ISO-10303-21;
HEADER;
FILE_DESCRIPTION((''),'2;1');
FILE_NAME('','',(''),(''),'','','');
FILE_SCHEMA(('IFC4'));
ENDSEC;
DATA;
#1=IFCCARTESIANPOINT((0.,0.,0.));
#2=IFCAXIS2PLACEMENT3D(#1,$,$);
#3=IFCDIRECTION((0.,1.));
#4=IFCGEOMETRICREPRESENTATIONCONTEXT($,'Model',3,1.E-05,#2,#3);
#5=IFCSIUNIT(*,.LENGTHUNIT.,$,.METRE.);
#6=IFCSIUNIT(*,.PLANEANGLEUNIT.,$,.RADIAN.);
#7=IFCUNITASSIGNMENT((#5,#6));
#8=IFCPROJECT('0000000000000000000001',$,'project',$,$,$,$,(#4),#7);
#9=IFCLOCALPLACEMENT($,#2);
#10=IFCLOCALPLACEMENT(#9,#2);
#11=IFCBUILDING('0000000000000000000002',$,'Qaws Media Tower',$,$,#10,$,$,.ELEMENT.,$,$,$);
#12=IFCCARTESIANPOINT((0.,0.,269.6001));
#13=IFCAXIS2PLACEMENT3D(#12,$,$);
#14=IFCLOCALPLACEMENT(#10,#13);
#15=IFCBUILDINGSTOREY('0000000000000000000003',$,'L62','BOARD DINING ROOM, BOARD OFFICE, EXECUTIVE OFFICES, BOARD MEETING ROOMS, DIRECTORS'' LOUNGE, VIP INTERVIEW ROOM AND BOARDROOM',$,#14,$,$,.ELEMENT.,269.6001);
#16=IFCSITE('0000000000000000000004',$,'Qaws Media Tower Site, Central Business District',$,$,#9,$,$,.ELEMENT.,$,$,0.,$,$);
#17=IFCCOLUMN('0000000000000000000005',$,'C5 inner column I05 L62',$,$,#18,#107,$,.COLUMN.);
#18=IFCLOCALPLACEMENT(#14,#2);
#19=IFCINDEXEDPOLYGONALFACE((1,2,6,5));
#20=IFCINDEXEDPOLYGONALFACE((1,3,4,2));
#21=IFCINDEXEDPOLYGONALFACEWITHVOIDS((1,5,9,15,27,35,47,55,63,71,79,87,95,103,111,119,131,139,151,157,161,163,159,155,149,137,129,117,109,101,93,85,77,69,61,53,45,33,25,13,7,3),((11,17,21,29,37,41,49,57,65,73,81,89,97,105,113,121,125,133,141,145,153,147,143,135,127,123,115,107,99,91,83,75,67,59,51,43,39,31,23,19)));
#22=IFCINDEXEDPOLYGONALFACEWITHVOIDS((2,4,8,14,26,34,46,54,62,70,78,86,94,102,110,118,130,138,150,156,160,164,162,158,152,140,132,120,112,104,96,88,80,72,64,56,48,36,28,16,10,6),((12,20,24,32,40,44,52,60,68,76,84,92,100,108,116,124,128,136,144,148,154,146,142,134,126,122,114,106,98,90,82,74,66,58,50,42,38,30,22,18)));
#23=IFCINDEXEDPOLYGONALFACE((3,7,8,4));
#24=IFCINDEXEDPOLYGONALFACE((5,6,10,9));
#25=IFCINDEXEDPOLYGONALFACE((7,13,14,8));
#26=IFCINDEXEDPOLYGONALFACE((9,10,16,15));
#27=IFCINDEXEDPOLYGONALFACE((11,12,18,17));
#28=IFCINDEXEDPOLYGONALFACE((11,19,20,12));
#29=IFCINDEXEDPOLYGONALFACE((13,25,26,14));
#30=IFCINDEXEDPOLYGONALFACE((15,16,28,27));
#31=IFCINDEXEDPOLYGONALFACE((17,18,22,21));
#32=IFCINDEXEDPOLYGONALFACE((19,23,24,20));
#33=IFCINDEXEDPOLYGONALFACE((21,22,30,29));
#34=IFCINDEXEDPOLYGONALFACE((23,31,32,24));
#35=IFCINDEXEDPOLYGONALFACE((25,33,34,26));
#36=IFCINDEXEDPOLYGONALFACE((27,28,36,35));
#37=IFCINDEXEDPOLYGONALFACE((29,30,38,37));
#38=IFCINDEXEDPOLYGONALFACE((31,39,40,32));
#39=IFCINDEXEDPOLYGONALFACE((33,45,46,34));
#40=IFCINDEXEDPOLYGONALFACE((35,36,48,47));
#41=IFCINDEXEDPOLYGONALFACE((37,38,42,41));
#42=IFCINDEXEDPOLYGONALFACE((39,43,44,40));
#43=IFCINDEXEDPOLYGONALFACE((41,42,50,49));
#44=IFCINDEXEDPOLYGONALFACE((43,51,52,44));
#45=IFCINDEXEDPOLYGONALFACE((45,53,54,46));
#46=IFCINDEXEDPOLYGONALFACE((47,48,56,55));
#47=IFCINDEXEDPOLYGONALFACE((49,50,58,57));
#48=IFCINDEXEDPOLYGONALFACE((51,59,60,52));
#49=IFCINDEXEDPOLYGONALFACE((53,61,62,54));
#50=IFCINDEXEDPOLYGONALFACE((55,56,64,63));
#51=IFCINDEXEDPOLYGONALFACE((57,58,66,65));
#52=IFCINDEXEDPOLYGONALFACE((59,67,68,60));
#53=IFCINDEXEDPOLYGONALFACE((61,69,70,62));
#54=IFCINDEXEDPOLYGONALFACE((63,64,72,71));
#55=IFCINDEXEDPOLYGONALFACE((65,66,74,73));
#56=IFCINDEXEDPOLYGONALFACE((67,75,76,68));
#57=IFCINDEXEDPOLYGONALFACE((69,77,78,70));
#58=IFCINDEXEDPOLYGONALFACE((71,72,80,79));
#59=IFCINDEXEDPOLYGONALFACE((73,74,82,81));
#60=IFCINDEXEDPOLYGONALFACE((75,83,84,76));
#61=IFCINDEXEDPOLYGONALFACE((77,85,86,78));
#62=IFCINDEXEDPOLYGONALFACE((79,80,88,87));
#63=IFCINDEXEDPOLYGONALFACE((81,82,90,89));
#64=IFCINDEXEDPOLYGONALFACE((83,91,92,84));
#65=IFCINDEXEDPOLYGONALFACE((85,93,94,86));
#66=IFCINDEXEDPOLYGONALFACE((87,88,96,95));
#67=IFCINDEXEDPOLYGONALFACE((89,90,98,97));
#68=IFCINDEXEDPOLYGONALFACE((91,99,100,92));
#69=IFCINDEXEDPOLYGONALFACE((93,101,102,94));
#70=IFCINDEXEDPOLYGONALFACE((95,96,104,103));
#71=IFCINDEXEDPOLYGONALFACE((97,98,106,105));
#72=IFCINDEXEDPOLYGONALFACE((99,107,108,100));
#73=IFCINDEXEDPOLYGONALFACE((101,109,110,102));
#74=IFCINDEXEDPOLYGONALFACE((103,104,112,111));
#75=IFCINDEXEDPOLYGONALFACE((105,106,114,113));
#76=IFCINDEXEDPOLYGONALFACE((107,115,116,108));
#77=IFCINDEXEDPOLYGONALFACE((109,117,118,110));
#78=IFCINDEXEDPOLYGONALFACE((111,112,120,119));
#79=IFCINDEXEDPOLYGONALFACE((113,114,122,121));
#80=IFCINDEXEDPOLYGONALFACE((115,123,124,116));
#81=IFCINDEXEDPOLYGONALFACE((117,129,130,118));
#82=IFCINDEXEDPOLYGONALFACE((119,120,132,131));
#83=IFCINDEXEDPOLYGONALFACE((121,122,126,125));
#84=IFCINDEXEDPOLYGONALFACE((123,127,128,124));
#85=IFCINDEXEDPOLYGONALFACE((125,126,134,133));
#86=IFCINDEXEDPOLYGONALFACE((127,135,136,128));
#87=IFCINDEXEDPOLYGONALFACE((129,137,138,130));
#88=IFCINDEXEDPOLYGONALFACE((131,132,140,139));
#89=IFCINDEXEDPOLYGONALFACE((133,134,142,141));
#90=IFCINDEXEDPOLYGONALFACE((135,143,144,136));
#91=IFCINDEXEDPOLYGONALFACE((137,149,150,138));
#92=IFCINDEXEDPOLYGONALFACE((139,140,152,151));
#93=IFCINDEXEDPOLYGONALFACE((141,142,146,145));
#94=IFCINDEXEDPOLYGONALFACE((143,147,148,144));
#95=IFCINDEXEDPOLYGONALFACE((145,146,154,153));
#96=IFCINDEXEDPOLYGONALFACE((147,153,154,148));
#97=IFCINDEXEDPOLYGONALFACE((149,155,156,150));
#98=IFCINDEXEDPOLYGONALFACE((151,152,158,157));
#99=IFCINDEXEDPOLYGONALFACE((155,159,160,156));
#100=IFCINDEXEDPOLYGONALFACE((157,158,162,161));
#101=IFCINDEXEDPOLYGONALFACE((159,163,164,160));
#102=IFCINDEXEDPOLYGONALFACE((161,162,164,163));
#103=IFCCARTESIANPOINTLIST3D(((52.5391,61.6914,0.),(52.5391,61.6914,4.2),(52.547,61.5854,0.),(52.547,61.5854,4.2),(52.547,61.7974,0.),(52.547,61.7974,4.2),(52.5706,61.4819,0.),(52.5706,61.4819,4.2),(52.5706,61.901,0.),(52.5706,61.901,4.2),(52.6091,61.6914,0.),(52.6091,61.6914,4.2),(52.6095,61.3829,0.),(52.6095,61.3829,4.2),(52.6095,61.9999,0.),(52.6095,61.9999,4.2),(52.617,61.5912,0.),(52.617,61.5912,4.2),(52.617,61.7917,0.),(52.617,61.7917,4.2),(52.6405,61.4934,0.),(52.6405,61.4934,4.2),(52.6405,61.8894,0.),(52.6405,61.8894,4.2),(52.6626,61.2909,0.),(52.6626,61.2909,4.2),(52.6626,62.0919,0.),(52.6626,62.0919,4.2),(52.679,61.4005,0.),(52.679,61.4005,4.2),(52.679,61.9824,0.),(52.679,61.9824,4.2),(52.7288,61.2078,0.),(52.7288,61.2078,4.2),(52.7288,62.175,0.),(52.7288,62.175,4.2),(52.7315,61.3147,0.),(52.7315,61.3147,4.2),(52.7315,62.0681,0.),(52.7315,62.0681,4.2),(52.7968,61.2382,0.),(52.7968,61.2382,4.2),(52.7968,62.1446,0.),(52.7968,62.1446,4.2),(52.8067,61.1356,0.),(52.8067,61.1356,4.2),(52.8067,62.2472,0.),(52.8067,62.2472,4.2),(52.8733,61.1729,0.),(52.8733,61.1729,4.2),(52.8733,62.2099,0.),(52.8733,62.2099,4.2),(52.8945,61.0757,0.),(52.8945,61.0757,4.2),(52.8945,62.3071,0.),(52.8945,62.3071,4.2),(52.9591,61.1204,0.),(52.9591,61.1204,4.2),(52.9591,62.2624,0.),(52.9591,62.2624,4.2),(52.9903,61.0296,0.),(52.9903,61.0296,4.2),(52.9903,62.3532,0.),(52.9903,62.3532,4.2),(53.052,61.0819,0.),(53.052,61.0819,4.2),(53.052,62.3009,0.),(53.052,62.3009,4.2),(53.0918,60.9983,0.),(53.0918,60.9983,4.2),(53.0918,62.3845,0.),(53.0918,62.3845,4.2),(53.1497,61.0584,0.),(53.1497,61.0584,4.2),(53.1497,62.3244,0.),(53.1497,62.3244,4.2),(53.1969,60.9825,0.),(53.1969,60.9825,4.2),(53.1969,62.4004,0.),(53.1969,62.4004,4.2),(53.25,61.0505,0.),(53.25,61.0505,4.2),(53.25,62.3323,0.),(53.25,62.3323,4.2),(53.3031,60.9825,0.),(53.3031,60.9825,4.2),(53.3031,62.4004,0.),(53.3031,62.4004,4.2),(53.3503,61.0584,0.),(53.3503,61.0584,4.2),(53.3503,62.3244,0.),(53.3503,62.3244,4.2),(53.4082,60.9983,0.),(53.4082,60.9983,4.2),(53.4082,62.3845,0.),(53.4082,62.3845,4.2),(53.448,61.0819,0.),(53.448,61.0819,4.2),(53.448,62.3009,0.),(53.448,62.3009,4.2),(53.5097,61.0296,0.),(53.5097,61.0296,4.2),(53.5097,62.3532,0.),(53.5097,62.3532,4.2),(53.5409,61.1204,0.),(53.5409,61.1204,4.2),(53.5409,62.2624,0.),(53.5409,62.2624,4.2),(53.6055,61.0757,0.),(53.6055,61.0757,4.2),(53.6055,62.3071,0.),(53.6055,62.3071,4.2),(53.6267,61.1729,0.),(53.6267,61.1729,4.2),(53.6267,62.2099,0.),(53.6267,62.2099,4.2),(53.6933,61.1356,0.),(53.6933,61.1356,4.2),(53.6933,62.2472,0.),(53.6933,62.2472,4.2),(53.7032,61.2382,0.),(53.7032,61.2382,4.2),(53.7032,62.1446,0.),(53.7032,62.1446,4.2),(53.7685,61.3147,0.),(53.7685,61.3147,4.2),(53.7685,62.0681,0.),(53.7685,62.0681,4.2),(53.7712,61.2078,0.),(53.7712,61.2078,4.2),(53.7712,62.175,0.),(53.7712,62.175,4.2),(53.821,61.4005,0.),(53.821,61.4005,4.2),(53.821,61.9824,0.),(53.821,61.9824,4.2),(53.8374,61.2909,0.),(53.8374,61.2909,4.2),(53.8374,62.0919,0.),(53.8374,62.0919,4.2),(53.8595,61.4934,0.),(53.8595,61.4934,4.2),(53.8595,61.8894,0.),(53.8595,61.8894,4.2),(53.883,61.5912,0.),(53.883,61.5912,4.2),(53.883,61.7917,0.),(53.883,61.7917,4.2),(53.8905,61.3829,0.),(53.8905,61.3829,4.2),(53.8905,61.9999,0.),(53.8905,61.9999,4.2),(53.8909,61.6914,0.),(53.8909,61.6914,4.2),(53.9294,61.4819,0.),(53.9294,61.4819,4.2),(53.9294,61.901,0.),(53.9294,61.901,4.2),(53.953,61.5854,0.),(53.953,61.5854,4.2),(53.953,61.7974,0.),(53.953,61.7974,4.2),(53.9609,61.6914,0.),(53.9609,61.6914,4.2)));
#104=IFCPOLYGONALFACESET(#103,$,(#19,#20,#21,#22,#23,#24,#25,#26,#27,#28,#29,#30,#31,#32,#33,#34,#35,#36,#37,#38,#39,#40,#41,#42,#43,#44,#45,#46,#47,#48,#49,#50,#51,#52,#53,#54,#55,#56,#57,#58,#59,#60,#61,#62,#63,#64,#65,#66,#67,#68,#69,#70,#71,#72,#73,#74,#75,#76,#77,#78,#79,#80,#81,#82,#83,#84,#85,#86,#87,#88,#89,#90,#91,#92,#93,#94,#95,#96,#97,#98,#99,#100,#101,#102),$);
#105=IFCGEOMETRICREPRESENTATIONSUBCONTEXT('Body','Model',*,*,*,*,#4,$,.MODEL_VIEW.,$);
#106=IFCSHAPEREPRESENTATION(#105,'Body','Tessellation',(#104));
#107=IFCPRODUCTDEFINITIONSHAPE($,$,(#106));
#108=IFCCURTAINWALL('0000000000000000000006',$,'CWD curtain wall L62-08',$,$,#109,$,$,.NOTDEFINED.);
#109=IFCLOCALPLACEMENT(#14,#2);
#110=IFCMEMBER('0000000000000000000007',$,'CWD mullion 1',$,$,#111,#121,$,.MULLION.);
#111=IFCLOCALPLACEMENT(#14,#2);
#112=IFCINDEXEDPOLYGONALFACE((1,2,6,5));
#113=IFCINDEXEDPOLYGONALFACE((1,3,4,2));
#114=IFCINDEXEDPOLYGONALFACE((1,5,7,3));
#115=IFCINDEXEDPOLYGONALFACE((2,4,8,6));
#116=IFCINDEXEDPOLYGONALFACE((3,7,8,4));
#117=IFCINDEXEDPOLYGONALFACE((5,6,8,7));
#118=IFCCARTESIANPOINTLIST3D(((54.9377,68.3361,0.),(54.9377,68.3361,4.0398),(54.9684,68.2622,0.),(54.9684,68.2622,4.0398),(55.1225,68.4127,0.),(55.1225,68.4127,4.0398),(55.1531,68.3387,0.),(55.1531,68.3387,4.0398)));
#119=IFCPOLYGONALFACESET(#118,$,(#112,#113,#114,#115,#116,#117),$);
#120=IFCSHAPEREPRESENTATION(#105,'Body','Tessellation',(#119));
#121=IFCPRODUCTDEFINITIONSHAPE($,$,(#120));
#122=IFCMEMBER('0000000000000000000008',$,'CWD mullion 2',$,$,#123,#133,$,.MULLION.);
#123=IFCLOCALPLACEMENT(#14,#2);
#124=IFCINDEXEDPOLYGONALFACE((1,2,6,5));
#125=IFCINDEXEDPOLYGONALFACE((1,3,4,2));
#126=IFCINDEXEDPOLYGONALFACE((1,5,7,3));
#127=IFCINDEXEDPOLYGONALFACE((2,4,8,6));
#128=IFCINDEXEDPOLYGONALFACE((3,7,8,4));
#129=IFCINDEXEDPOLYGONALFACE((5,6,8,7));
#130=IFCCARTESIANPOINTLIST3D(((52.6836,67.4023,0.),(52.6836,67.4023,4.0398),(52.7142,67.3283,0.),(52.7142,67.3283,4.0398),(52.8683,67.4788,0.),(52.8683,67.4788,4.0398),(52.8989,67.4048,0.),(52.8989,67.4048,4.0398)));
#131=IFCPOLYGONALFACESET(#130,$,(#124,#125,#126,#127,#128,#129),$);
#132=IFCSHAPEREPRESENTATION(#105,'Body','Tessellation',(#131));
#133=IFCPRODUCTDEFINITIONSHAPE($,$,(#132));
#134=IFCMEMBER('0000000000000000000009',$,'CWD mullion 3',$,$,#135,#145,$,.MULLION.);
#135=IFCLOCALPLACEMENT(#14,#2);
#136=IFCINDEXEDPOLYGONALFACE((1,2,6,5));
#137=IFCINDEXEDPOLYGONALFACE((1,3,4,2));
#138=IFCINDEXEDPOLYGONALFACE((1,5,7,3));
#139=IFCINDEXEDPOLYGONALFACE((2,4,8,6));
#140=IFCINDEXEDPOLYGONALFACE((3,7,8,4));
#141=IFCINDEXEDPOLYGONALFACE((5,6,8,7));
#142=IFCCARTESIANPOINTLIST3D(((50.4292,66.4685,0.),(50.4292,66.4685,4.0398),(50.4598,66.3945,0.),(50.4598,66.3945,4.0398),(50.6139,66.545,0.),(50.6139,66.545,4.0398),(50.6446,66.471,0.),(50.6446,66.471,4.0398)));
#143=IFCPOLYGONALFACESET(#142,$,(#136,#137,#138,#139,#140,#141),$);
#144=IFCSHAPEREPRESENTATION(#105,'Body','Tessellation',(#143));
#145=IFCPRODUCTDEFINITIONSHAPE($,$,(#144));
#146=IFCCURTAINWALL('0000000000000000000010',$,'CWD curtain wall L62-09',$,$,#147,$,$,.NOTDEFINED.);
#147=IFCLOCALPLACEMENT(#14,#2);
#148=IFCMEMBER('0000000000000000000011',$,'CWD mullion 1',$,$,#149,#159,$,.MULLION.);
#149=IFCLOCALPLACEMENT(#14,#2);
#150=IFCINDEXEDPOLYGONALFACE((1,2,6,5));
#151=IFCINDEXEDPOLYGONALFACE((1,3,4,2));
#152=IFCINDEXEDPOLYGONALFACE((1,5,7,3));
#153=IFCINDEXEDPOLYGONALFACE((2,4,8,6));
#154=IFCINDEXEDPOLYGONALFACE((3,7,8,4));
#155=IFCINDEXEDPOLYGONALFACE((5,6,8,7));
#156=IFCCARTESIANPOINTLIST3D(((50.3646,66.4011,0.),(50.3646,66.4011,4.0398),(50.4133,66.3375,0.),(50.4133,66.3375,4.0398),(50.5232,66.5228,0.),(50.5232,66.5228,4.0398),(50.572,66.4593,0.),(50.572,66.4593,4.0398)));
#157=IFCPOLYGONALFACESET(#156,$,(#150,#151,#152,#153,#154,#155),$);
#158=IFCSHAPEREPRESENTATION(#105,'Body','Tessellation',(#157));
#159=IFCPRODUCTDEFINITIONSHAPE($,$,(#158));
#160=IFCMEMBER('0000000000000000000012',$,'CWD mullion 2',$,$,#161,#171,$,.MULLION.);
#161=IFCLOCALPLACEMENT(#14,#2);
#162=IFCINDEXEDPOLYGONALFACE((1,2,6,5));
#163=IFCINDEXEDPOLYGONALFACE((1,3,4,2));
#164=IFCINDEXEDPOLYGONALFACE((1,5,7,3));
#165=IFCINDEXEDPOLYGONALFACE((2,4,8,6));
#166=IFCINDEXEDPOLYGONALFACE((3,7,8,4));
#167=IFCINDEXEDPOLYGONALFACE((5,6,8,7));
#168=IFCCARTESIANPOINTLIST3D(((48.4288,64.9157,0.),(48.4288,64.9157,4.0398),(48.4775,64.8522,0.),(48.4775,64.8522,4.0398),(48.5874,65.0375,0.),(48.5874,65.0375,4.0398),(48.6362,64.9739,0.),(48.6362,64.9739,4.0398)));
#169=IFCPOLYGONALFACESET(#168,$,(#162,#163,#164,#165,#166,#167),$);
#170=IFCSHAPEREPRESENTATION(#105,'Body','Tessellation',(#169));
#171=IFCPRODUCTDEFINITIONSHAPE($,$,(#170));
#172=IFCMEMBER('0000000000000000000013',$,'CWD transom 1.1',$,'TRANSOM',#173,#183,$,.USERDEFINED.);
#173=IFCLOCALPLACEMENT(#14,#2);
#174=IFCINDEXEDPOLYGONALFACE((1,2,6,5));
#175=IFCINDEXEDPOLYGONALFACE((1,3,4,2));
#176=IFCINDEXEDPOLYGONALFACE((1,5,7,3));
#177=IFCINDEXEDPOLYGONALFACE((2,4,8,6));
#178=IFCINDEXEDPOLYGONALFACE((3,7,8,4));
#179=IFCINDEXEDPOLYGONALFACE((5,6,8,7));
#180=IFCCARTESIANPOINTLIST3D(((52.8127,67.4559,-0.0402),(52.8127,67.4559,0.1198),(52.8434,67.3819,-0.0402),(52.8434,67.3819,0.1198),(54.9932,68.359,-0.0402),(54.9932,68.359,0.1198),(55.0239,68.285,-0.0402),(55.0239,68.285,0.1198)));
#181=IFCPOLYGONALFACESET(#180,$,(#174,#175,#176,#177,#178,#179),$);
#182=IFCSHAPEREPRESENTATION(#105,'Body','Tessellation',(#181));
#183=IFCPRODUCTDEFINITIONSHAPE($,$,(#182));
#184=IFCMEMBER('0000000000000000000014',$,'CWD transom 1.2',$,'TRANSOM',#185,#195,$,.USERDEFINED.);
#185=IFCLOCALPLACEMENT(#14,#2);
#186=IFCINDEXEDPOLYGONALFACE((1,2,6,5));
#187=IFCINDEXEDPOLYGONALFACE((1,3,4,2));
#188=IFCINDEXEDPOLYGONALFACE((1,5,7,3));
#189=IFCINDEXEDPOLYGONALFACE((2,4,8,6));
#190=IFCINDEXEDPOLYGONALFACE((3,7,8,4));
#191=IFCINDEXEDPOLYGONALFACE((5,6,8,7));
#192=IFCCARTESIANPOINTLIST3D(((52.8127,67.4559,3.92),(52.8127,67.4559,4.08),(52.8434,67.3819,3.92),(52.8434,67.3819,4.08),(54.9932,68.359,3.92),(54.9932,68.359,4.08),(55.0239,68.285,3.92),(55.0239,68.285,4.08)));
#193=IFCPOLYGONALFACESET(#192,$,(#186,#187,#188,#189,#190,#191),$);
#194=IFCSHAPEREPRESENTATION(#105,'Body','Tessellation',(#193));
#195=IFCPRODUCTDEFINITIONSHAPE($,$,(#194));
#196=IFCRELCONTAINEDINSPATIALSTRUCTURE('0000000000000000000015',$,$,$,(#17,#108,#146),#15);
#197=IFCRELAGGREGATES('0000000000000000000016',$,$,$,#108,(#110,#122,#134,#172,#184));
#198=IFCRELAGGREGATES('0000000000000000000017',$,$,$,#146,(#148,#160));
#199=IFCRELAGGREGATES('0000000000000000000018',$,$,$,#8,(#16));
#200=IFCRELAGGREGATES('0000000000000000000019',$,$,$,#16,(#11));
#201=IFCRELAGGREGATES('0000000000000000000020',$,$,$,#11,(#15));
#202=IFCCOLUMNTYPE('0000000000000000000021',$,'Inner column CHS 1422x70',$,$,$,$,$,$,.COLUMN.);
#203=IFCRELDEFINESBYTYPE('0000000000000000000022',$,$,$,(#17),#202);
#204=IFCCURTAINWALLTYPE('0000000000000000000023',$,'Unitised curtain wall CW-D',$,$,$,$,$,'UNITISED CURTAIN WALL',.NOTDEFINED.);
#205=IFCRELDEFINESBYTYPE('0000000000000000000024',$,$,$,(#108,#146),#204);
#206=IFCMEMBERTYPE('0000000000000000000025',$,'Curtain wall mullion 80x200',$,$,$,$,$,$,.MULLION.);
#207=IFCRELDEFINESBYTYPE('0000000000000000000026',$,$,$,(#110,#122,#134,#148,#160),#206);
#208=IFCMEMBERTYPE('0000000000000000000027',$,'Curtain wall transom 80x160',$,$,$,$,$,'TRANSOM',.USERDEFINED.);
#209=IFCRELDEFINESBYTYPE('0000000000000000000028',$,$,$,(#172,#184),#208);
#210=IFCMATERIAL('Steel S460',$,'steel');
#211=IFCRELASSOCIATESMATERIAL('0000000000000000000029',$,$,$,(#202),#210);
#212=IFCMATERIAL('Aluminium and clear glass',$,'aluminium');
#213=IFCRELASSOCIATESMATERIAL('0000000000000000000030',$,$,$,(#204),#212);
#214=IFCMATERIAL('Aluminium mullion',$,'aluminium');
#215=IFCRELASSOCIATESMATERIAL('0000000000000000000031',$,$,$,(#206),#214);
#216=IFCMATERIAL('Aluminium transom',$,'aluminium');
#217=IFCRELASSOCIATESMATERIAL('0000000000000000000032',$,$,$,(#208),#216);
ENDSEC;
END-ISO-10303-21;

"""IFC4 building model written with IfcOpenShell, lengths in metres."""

from ifc_helpers import new_model, si_unit, direction, frame, origin, origin_2d, place, context, subcontext, project, spatial, rectangle, hollow_circle, extrude, material, material_profile, profile_set, type_object, element, aggregate, save


model = new_model("IFC4")

# Units and contexts
model_context = context("Model", 3, precision=1e-05, world=origin(), true_north=direction((0.0, 1.0)))
body_context = subcontext(model_context, "Body", "Model", "MODEL_VIEW")
ifc_project = project(units=[si_unit("LENGTHUNIT", "METRE"), si_unit("PLANEANGLEUNIT", "RADIAN")], contexts=[model_context])

# Site, building, storey
site_placement = place(None, origin())
site = spatial("IfcSite", under=ifc_project, at=site_placement, Name="Qaws Media Tower Site, Central Business District", CompositionType="ELEMENT", RefElevation=0.0)
building_placement = place(site_placement, origin())
building = spatial("IfcBuilding", under=site, at=building_placement, Name="Qaws Media Tower", CompositionType="ELEMENT")
storey_placement = place(building_placement, frame((0.0, 0.0, 269.6001)))
storey = spatial("IfcBuildingStorey", under=building, at=storey_placement, Name="L62", Description="BOARD DINING ROOM, BOARD OFFICE, EXECUTIVE OFFICES, BOARD MEETING ROOMS, DIRECTORS' LOUNGE, VIP INTERVIEW ROOM AND BOARDROOM", CompositionType="ELEMENT", Elevation=269.6001)

# Column
ifc_material_1 = material(Name="Steel S460", Category="steel")
ifc_material_profile_1 = material_profile(ifc_material_1, hollow_circle(Radius=0.7109, WallThickness=0.0701, at=origin_2d()), Name="CHS 1422x70")
ifc_profile_set_1 = profile_set([ifc_material_profile_1], Name="Steel S460")
column_type = type_object("IfcColumnType", Name="Inner column CHS 1422x70", PredefinedType="COLUMN", material=ifc_profile_set_1)
column_placement = place(storey_placement, frame((53.25, 61.6914, 0.0), z_axis=(0.0, 0.0, 1.0), x_axis=(1.0, 0.0, 0.0)))
element("IfcColumn", 1, at=column_placement, inside=storey, type_object=column_type, Name="C5 inner column I05 L62", PredefinedType="COLUMN", context=body_context, shape_type="SweptSolid", body=[
    extrude(hollow_circle(Radius=0.7109, WallThickness=0.0701, at=origin_2d()), origin(), (0.0, 0.0, 1.0), 4.2),
])

# Curtain walls, members
ifc_material_2 = material(Name="Aluminium and clear glass", Category="aluminium")
curtain_wall_type = type_object("IfcCurtainWallType", Name="Unitised curtain wall CW-D", ElementType="UNITISED CURTAIN WALL", PredefinedType="NOTDEFINED", material=ifc_material_2)
curtain_wall_1_placement = place(storey_placement, origin())
curtain_wall_1 = element("IfcCurtainWall", 2, at=curtain_wall_1_placement, inside=storey, type_object=curtain_wall_type, Name="CWD curtain wall L62-08", PredefinedType="NOTDEFINED")
ifc_material_3 = material(Name="Aluminium mullion", Category="aluminium")
ifc_material_profile_2 = material_profile(ifc_material_3, rectangle(XDim=0.0801, YDim=0.2, at=origin_2d()), Name="80x200")
ifc_profile_set_2 = profile_set([ifc_material_profile_2], Name="Aluminium mullion")
member_type_1 = type_object("IfcMemberType", Name="Curtain wall mullion 80x200", PredefinedType="MULLION", material=ifc_profile_set_2)
member_1_placement = place(storey_placement, frame((55.0454, 68.3374, 0.0), z_axis=(0.0, 0.0, 1.0), x_axis=(0.382683, -0.92388, 0.0)))
member_1 = element("IfcMember", 3, at=member_1_placement, type_object=member_type_1, Name="CWD mullion 1", PredefinedType="MULLION", context=body_context, shape_type="SweptSolid", body=[
    extrude(rectangle(XDim=0.0801, YDim=0.2, at=origin_2d()), origin(), (0.0, 0.0, 1.0), 4.0398),
])
member_2_placement = place(storey_placement, frame((52.7913, 67.4036, 0.0), z_axis=(0.0, 0.0, 1.0), x_axis=(0.382683, -0.92388, 0.0)))
member_2 = element("IfcMember", 4, at=member_2_placement, type_object=member_type_1, Name="CWD mullion 2", PredefinedType="MULLION", context=body_context, shape_type="SweptSolid", body=[
    extrude(rectangle(XDim=0.0801, YDim=0.2, at=origin_2d()), origin(), (0.0, 0.0, 1.0), 4.0398),
])
member_3_placement = place(storey_placement, frame((50.5369, 66.4697, 0.0), z_axis=(0.0, 0.0, 1.0), x_axis=(0.382683, -0.92388, 0.0)))
member_3 = element("IfcMember", 5, at=member_3_placement, type_object=member_type_1, Name="CWD mullion 3", PredefinedType="MULLION", context=body_context, shape_type="SweptSolid", body=[
    extrude(rectangle(XDim=0.0801, YDim=0.2, at=origin_2d()), origin(), (0.0, 0.0, 1.0), 4.0398),
])
curtain_wall_2_placement = place(storey_placement, origin())
curtain_wall_2 = element("IfcCurtainWall", 6, at=curtain_wall_2_placement, inside=storey, type_object=curtain_wall_type, Name="CWD curtain wall L62-09", PredefinedType="NOTDEFINED")
member_4_placement = place(storey_placement, frame((50.4683, 66.4302, 0.0), z_axis=(0.0, 0.0, 1.0), x_axis=(0.608761, -0.793353, 0.0)))
member_4 = element("IfcMember", 7, at=member_4_placement, type_object=member_type_1, Name="CWD mullion 1", PredefinedType="MULLION", context=body_context, shape_type="SweptSolid", body=[
    extrude(rectangle(XDim=0.0801, YDim=0.2, at=origin_2d()), origin(), (0.0, 0.0, 1.0), 4.0398),
])
member_5_placement = place(storey_placement, frame((48.5325, 64.9448, 0.0), z_axis=(0.0, 0.0, 1.0), x_axis=(0.608761, -0.793353, 0.0)))
member_5 = element("IfcMember", 8, at=member_5_placement, type_object=member_type_1, Name="CWD mullion 2", PredefinedType="MULLION", context=body_context, shape_type="SweptSolid", body=[
    extrude(rectangle(XDim=0.0801, YDim=0.2, at=origin_2d()), origin(), (0.0, 0.0, 1.0), 4.0398),
])

# Members
ifc_material_4 = material(Name="Aluminium transom", Category="aluminium")
ifc_material_profile_3 = material_profile(ifc_material_4, rectangle(XDim=0.0801, YDim=0.1599, at=origin_2d()), Name="80x160")
ifc_profile_set_3 = profile_set([ifc_material_profile_3], Name="Aluminium transom")
member_type_2 = type_object("IfcMemberType", Name="Curtain wall transom 80x160", ElementType="TRANSOM", PredefinedType="USERDEFINED", material=ifc_profile_set_3)
member_6_placement = place(storey_placement, frame((55.0085, 68.322, 0.0398), z_axis=(-0.923892, -0.382653, 0.0), x_axis=(0.382653, -0.923892, 0.0)))
member_6 = element("IfcMember", 9, at=member_6_placement, type_object=member_type_2, Name="CWD transom 1.1", ObjectType="TRANSOM", PredefinedType="USERDEFINED", context=body_context, shape_type="SweptSolid", body=[
    extrude(rectangle(XDim=0.0801, YDim=0.1599, at=origin_2d()), origin(), (0.0, 0.0, 1.0), 2.3601),
])
member_7_placement = place(storey_placement, frame((55.0085, 68.322, 4.0), z_axis=(-0.923892, -0.382653, 0.0), x_axis=(0.382653, -0.923892, 0.0)))
member_7 = element("IfcMember", 10, at=member_7_placement, type_object=member_type_2, Name="CWD transom 1.2", ObjectType="TRANSOM", PredefinedType="USERDEFINED", context=body_context, shape_type="SweptSolid", body=[
    extrude(rectangle(XDim=0.0801, YDim=0.1599, at=origin_2d()), origin(), (0.0, 0.0, 1.0), 2.3601),
])

aggregate(curtain_wall_1, [member_1, member_2, member_3, member_6, member_7])
aggregate(curtain_wall_2, [member_4, member_5])

save(model, "model.ifc")
